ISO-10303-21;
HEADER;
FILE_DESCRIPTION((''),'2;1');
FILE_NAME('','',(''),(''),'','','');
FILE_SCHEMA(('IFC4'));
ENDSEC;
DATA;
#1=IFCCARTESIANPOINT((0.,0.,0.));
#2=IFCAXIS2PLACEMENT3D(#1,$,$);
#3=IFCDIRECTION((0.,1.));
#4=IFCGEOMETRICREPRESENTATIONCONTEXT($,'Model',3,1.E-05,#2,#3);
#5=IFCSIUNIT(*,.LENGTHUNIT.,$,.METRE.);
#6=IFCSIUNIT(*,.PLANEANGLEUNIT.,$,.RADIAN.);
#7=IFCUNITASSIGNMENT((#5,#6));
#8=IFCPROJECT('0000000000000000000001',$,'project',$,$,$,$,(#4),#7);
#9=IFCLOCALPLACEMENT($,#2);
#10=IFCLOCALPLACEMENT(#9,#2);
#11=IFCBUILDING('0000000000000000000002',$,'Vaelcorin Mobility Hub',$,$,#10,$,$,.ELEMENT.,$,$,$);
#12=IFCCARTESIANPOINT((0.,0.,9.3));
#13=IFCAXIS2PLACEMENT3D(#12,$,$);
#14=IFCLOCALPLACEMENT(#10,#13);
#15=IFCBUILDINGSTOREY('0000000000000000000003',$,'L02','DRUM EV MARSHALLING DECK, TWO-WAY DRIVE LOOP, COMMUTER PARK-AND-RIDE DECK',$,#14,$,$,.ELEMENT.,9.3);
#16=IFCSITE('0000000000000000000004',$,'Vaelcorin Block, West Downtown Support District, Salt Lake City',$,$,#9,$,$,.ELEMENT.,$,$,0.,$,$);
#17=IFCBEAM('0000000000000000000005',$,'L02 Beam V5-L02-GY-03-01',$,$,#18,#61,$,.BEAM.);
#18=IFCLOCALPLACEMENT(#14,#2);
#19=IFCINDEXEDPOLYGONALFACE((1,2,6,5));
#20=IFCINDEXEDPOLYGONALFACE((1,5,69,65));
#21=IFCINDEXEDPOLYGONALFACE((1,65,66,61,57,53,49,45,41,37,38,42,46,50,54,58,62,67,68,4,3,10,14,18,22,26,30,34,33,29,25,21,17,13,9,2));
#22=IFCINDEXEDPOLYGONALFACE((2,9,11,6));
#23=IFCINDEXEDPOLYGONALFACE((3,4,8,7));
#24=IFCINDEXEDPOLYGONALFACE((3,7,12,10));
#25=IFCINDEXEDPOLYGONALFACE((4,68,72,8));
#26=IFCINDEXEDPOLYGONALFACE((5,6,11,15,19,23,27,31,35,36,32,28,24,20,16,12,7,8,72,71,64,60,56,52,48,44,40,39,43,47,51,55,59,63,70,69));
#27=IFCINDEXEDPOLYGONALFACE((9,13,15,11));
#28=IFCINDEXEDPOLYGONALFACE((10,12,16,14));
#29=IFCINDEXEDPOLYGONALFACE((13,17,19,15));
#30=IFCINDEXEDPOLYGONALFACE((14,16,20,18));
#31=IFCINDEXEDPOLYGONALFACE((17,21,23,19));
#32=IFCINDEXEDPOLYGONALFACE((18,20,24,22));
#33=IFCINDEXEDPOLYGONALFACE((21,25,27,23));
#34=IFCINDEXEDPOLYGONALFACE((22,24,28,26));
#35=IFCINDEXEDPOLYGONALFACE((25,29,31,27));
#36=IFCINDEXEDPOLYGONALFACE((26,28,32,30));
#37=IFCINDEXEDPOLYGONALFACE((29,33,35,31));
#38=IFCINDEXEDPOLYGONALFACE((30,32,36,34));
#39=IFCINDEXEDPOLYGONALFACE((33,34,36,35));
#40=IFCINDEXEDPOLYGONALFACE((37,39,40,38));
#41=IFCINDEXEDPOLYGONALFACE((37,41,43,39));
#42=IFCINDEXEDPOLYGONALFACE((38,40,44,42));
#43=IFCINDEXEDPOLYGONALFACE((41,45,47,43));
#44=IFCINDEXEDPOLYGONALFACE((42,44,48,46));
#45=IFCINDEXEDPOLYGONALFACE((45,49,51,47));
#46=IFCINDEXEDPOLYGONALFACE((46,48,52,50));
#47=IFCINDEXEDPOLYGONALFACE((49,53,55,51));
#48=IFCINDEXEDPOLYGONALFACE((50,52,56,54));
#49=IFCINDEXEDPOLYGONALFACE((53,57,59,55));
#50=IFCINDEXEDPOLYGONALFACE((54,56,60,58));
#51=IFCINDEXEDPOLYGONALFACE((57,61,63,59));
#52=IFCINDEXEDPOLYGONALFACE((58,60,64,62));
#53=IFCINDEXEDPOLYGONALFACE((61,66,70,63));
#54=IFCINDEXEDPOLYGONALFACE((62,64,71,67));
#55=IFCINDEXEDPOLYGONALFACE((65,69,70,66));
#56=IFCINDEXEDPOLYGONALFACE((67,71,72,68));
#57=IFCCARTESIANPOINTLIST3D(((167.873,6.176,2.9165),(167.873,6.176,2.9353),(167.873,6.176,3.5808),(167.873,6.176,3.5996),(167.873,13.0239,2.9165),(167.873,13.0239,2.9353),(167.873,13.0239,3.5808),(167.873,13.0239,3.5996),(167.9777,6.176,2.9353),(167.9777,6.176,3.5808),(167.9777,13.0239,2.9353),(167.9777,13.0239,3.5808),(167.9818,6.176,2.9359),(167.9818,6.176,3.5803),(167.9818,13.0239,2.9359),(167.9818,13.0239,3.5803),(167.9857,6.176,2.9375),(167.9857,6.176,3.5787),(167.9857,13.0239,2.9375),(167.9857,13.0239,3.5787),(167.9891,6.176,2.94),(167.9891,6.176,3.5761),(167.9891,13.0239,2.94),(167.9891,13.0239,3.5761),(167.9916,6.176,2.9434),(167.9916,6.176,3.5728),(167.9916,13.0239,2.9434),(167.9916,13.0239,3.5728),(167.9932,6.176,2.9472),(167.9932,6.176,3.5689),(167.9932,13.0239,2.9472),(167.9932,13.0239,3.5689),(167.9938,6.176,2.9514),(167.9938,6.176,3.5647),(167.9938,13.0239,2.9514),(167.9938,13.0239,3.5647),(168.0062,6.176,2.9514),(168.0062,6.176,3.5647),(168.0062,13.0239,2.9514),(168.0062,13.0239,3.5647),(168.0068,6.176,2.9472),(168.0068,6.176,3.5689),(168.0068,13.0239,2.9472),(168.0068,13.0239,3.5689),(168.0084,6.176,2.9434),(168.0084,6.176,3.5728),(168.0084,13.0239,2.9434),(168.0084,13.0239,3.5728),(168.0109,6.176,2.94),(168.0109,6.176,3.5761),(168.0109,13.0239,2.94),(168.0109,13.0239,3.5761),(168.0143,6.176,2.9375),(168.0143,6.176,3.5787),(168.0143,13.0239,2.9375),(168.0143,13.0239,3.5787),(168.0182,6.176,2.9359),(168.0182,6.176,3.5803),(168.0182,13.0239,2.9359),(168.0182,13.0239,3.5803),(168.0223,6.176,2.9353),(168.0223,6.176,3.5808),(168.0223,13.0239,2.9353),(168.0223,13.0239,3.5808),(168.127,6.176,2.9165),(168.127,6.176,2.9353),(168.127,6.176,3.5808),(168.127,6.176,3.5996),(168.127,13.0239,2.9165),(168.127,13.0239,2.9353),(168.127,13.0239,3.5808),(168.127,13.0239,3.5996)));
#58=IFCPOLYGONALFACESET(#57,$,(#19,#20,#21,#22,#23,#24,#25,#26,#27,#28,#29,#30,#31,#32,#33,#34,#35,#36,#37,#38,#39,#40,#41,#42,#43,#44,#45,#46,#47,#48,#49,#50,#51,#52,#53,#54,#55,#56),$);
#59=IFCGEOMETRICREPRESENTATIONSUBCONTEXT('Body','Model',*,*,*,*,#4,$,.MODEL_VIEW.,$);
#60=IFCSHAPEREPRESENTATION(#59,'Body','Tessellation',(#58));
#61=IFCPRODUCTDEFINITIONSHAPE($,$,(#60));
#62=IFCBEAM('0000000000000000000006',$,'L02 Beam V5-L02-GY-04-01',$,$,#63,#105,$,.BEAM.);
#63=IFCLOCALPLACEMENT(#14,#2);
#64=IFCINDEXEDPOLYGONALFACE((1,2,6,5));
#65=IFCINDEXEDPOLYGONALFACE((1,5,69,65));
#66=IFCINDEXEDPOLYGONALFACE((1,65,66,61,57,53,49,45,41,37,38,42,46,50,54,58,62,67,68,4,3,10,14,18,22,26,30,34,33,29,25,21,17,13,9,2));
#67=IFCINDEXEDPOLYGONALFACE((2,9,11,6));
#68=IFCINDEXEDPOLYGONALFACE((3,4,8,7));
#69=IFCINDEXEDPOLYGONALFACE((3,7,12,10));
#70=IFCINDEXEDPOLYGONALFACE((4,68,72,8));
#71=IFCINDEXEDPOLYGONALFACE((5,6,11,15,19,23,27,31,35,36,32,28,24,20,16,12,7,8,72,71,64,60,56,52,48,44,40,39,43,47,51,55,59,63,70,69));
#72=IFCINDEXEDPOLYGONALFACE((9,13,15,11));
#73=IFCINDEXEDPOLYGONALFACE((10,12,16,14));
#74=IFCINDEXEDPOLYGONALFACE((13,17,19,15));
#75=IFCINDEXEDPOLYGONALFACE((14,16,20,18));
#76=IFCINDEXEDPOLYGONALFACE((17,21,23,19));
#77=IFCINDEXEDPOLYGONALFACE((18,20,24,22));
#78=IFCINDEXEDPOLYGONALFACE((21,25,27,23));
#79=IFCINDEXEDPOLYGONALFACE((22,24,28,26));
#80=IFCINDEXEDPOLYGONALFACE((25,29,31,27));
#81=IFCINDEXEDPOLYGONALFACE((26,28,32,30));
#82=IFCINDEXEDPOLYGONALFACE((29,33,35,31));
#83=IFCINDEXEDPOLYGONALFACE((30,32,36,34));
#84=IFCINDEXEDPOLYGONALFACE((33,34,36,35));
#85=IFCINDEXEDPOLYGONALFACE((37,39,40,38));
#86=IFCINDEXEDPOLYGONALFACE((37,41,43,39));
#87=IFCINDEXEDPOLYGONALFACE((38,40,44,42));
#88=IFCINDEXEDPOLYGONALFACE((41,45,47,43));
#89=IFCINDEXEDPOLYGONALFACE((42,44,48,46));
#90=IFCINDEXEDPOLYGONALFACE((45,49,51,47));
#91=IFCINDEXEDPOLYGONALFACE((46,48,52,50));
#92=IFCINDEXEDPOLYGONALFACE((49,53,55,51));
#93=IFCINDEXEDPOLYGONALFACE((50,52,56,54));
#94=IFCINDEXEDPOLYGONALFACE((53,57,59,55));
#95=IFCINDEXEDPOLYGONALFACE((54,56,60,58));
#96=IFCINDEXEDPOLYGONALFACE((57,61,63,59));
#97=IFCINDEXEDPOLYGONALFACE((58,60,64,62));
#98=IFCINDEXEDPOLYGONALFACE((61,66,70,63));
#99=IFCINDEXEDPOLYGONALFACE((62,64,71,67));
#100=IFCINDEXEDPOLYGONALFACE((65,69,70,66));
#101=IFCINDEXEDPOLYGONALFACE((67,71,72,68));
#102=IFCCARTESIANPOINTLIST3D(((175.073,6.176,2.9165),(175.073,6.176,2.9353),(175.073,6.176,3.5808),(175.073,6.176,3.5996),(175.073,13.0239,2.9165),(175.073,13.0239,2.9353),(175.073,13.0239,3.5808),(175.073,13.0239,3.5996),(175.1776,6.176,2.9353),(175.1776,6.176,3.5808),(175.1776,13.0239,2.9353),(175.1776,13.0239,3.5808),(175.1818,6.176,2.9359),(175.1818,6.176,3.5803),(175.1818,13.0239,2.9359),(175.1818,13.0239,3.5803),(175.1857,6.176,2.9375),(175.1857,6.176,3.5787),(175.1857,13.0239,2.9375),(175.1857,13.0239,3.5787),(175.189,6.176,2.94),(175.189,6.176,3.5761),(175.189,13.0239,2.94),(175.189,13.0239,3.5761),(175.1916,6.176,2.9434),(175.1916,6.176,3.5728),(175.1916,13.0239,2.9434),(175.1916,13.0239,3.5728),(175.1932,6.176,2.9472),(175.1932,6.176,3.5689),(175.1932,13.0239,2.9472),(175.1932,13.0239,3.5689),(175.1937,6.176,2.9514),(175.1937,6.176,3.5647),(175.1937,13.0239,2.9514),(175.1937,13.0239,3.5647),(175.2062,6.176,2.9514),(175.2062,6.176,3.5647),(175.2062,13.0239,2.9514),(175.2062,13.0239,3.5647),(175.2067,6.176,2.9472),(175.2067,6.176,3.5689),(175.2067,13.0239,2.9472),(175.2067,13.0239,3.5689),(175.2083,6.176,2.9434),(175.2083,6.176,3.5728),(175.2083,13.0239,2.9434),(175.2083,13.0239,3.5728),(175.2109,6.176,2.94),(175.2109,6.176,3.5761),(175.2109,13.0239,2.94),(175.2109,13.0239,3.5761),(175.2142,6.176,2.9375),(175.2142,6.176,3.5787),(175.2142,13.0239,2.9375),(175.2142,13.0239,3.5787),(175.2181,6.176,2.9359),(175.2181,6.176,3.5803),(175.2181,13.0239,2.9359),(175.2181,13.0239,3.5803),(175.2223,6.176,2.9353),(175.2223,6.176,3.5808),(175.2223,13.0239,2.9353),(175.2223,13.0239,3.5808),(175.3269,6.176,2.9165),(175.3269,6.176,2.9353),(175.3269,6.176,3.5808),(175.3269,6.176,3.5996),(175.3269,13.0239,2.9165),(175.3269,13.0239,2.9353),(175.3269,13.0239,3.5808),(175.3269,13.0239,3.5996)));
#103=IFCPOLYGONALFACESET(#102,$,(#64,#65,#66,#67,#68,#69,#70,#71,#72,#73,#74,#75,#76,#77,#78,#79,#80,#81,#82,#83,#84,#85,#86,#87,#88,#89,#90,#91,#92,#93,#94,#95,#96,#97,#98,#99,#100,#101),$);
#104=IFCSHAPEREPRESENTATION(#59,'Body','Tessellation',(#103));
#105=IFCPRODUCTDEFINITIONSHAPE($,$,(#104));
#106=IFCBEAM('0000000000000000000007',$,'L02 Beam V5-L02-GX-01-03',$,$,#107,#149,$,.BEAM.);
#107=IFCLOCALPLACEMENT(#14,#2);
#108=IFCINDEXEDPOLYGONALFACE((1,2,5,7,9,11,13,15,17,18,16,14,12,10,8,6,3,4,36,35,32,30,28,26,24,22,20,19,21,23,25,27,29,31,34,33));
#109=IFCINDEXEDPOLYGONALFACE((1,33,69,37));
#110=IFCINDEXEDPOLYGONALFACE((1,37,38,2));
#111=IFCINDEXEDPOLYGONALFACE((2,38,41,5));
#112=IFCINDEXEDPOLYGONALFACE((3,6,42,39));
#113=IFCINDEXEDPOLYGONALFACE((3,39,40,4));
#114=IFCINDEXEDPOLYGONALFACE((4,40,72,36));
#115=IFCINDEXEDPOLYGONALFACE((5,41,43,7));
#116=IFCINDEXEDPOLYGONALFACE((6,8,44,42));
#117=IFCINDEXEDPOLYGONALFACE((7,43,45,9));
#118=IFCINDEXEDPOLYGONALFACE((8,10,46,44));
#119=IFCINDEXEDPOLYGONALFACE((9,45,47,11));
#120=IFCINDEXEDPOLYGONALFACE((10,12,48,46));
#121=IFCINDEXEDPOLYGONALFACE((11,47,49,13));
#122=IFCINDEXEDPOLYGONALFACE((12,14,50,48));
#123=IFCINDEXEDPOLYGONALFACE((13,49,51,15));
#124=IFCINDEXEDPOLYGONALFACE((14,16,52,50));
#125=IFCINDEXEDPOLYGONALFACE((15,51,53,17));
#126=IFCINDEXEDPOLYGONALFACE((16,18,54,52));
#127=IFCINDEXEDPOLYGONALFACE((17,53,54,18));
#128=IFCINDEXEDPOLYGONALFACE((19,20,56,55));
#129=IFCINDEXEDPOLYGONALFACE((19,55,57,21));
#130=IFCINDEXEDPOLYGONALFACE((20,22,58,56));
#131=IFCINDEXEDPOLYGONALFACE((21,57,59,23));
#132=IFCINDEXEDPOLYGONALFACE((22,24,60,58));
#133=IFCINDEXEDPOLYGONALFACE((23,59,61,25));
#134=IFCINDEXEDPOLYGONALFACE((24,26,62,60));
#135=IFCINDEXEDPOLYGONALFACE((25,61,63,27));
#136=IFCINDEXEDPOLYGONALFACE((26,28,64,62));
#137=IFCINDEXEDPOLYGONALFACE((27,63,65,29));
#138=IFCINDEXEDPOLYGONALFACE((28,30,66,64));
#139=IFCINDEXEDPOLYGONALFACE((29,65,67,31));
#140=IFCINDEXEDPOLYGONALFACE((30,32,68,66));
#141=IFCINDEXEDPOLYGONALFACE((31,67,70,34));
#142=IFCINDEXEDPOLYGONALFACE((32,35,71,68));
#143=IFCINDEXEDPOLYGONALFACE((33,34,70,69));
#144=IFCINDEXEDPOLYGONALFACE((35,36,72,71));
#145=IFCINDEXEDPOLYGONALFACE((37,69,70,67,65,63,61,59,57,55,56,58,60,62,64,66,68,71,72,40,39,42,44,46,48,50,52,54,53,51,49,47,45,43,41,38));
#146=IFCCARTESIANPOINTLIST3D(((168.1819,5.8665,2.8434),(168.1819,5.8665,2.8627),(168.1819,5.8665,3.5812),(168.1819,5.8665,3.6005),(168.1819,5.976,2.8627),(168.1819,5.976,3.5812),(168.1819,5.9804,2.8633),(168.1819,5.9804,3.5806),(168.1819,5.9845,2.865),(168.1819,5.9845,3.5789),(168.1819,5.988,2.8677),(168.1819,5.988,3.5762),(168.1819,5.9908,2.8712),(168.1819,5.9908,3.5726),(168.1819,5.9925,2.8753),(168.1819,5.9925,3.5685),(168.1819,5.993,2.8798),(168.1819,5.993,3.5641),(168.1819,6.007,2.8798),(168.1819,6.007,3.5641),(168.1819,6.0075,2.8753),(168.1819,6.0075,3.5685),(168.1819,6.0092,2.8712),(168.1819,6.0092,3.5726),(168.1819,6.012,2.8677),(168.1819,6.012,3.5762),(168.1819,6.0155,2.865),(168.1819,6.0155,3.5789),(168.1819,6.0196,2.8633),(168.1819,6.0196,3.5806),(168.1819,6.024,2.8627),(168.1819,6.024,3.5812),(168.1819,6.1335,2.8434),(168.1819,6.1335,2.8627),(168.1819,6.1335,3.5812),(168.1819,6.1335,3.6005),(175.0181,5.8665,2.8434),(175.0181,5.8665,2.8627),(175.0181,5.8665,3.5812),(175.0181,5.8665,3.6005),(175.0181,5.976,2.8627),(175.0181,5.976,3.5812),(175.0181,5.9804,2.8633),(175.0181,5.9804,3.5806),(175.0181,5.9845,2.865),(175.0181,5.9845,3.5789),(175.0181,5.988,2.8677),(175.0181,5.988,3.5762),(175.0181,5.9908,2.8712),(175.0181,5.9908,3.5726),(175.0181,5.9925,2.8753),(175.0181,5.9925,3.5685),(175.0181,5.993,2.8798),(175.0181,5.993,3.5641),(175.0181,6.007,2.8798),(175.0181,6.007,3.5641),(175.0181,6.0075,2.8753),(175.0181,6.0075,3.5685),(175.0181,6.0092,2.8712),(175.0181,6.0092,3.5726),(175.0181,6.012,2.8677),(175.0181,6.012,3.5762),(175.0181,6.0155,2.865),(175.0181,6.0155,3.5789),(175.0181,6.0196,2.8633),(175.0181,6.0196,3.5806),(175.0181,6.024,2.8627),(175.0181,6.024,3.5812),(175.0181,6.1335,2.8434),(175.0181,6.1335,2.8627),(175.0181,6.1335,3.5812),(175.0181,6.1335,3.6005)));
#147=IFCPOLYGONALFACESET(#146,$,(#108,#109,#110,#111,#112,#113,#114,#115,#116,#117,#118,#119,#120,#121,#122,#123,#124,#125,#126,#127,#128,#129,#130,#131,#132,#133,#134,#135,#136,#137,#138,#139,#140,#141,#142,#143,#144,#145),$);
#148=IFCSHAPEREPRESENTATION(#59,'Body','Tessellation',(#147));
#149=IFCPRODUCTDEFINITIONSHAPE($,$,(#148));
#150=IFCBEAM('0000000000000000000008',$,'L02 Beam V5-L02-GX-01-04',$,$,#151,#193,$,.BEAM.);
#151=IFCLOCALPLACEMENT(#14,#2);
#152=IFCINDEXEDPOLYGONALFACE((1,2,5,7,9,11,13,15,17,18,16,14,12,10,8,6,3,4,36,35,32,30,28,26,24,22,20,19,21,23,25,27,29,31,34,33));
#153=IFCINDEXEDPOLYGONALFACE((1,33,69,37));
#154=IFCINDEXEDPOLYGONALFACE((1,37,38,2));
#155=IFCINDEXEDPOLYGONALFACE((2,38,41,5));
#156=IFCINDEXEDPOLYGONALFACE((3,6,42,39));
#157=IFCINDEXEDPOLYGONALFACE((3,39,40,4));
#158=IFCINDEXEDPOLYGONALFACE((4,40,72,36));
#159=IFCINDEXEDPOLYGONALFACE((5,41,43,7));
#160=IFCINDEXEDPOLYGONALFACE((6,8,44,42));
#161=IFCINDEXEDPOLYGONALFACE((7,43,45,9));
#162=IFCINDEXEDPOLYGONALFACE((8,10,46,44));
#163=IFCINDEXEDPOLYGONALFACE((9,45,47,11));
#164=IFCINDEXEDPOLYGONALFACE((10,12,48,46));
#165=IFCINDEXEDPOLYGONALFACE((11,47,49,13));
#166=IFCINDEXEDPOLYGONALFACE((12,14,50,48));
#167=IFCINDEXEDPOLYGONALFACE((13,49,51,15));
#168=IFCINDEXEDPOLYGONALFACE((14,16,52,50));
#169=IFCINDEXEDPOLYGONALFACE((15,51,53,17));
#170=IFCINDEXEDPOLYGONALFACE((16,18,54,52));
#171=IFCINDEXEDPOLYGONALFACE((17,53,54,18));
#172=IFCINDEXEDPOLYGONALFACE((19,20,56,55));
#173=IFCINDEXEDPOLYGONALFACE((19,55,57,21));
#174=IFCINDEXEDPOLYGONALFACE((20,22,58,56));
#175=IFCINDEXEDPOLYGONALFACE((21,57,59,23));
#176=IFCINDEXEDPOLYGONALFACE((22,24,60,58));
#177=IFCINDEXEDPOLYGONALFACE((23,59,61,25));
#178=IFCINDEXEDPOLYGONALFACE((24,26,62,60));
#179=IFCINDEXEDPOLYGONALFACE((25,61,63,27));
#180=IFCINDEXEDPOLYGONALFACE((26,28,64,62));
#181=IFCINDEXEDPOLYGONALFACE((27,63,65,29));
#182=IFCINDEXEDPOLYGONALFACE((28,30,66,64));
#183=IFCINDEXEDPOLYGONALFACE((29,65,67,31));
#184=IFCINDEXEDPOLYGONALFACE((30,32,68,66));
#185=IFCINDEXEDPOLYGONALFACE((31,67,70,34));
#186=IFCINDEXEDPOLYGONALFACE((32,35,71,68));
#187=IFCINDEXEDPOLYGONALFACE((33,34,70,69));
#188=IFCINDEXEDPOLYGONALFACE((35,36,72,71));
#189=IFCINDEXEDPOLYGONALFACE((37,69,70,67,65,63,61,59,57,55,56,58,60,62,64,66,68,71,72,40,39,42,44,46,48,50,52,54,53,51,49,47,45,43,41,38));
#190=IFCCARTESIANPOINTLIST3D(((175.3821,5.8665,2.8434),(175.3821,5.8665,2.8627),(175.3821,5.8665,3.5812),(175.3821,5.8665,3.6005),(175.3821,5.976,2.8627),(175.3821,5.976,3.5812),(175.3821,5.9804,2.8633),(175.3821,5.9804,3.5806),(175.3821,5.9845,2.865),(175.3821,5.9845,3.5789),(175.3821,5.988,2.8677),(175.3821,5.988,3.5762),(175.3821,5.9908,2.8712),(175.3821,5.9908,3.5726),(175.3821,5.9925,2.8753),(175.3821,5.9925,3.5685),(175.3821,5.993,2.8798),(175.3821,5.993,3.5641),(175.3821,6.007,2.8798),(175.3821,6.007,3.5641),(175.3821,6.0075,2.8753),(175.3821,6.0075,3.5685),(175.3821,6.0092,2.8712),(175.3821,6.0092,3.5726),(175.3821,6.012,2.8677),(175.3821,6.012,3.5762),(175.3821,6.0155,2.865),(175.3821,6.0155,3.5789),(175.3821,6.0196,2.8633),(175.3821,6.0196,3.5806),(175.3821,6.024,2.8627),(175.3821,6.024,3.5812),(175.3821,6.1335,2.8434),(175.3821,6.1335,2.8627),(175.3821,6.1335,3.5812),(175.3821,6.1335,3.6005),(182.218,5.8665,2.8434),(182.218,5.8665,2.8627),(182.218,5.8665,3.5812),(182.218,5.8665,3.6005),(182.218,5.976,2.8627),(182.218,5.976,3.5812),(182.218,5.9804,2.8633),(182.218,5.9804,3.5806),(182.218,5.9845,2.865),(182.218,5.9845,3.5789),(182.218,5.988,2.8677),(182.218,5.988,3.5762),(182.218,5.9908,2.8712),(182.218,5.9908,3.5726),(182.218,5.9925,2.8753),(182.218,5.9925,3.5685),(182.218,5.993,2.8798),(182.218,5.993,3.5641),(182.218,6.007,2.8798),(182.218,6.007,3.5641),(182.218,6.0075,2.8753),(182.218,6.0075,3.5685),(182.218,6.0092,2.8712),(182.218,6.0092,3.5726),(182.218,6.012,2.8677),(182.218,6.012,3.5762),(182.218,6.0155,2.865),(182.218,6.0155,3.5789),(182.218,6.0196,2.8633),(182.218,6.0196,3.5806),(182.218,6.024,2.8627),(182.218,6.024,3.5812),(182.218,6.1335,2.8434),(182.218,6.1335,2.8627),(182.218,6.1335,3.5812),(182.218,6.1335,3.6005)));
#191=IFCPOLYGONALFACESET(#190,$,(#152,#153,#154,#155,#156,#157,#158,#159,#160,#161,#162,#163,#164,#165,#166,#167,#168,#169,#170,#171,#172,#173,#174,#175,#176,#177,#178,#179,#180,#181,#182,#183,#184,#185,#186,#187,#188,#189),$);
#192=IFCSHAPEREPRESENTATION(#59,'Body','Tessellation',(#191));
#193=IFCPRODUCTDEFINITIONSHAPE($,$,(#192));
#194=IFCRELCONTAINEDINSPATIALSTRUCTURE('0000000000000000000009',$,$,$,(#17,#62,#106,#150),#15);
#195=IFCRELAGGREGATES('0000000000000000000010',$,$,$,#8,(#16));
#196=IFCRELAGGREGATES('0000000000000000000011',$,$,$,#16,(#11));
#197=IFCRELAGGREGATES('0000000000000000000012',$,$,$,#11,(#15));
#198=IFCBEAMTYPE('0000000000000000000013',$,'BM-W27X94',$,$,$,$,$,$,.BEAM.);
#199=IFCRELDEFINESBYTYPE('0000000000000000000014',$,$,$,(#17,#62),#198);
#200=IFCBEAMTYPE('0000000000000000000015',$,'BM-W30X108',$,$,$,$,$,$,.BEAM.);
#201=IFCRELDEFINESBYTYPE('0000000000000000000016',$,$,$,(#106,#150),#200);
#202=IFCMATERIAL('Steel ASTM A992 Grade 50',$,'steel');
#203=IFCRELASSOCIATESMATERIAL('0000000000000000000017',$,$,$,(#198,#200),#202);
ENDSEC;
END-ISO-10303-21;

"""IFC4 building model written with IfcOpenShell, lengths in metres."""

from ifc_helpers import new_model, si_unit, direction, frame, origin, origin_2d, place, context, subcontext, project, spatial, i_section, extrude, material, material_profile, profile_set, type_object, element, save


model = new_model("IFC4")

# Units and contexts
model_context = context("Model", 3, precision=1e-05, world=origin(), true_north=direction((0.0, 1.0)))
body_context = subcontext(model_context, "Body", "Model", "MODEL_VIEW")
ifc_project = project(units=[si_unit("LENGTHUNIT", "METRE"), si_unit("PLANEANGLEUNIT", "RADIAN")], contexts=[model_context])

# Site, building, storey
site_placement = place(None, origin())
site = spatial("IfcSite", under=ifc_project, at=site_placement, Name="Vaelcorin Block, West Downtown Support District, Salt Lake City", CompositionType="ELEMENT", RefElevation=0.0)
building_placement = place(site_placement, origin())
building = spatial("IfcBuilding", under=site, at=building_placement, Name="Vaelcorin Mobility Hub", CompositionType="ELEMENT")
storey_placement = place(building_placement, frame((0.0, 0.0, 9.3)))
storey = spatial("IfcBuildingStorey", under=building, at=storey_placement, Name="L02", Description="DRUM EV MARSHALLING DECK, TWO-WAY DRIVE LOOP, COMMUTER PARK-AND-RIDE DECK", CompositionType="ELEMENT", Elevation=9.3)

# Shared definitions
ifc_material_1 = material(Name="Steel ASTM A992 Grade 50", Category="steel")

# Beams
ifc_material_profile_1 = material_profile(ifc_material_1, i_section(OverallWidth=0.2539, OverallDepth=0.6831, WebThickness=0.0125, FlangeThickness=0.0188, FilletRadius=0.0161, at=origin_2d()), Name="W27X94")
ifc_profile_set_1 = profile_set([ifc_material_profile_1], Name="Steel ASTM A992 Grade 50")
beam_type_1 = type_object("IfcBeamType", Name="BM-W27X94", PredefinedType="BEAM", material=ifc_profile_set_1)
for number, where, z_axis, x_axis, name in (
    (1, (168.0, 6.176, 3.2581), (0.0, 1.0, 0.0), (-1.0, 0.0, 0.0), "L02 Beam V5-L02-GY-03-01"),
    (2, (175.2, 6.176, 3.2581), (0.0, 1.0, 0.0), (-1.0, 0.0, 0.0), "L02 Beam V5-L02-GY-04-01"),
):
    element("IfcBeam", number, at=place(storey_placement, frame(where, z_axis=z_axis, x_axis=x_axis)), inside=storey, type_object=beam_type_1, Name=name, PredefinedType="BEAM", context=body_context, shape_type="SweptSolid", body=[
        extrude(i_section(OverallWidth=0.2539, OverallDepth=0.6831, WebThickness=0.0125, FlangeThickness=0.0188, FilletRadius=0.0161, at=origin_2d()), origin(), (0.0, 0.0, 1.0), 6.8479),
    ])
ifc_material_profile_2 = material_profile(ifc_material_1, i_section(OverallWidth=0.2671, OverallDepth=0.7571, WebThickness=0.0139, FlangeThickness=0.0193, FilletRadius=0.0171, at=origin_2d()), Name="W30X108")
ifc_profile_set_2 = profile_set([ifc_material_profile_2], Name="Steel ASTM A992 Grade 50")
beam_type_2 = type_object("IfcBeamType", Name="BM-W30X108", PredefinedType="BEAM", material=ifc_profile_set_2)
beam_1_placement = place(storey_placement, frame((168.1819, 6.0, 3.2219), z_axis=(1.0, 0.0, 0.0), x_axis=(0.0, 1.0, 0.0)))
element("IfcBeam", 3, at=beam_1_placement, inside=storey, type_object=beam_type_2, Name="L02 Beam V5-L02-GX-01-03", PredefinedType="BEAM", context=body_context, shape_type="SweptSolid", body=[
    extrude(i_section(OverallWidth=0.2671, OverallDepth=0.7571, WebThickness=0.0139, FlangeThickness=0.0193, FilletRadius=0.0171, at=origin_2d()), origin(), (0.0, 0.0, 1.0), 6.8362),
])
for number, where, z_axis, x_axis, name in (
    (4, (175.3821, 6.0, 3.2219), (1.0, 0.0, 0.0), (0.0, 1.0, 0.0), "L02 Beam V5-L02-GX-01-04"),
):
    element("IfcBeam", number, at=place(storey_placement, frame(where, z_axis=z_axis, x_axis=x_axis)), inside=storey, type_object=beam_type_2, Name=name, PredefinedType="BEAM", context=body_context, shape_type="SweptSolid", body=[
        extrude(i_section(OverallWidth=0.2671, OverallDepth=0.7571, WebThickness=0.0139, FlangeThickness=0.0193, FilletRadius=0.0171, at=origin_2d()), origin(), (0.0, 0.0, 1.0), 6.8359),
    ])

save(model, "model.ifc")
